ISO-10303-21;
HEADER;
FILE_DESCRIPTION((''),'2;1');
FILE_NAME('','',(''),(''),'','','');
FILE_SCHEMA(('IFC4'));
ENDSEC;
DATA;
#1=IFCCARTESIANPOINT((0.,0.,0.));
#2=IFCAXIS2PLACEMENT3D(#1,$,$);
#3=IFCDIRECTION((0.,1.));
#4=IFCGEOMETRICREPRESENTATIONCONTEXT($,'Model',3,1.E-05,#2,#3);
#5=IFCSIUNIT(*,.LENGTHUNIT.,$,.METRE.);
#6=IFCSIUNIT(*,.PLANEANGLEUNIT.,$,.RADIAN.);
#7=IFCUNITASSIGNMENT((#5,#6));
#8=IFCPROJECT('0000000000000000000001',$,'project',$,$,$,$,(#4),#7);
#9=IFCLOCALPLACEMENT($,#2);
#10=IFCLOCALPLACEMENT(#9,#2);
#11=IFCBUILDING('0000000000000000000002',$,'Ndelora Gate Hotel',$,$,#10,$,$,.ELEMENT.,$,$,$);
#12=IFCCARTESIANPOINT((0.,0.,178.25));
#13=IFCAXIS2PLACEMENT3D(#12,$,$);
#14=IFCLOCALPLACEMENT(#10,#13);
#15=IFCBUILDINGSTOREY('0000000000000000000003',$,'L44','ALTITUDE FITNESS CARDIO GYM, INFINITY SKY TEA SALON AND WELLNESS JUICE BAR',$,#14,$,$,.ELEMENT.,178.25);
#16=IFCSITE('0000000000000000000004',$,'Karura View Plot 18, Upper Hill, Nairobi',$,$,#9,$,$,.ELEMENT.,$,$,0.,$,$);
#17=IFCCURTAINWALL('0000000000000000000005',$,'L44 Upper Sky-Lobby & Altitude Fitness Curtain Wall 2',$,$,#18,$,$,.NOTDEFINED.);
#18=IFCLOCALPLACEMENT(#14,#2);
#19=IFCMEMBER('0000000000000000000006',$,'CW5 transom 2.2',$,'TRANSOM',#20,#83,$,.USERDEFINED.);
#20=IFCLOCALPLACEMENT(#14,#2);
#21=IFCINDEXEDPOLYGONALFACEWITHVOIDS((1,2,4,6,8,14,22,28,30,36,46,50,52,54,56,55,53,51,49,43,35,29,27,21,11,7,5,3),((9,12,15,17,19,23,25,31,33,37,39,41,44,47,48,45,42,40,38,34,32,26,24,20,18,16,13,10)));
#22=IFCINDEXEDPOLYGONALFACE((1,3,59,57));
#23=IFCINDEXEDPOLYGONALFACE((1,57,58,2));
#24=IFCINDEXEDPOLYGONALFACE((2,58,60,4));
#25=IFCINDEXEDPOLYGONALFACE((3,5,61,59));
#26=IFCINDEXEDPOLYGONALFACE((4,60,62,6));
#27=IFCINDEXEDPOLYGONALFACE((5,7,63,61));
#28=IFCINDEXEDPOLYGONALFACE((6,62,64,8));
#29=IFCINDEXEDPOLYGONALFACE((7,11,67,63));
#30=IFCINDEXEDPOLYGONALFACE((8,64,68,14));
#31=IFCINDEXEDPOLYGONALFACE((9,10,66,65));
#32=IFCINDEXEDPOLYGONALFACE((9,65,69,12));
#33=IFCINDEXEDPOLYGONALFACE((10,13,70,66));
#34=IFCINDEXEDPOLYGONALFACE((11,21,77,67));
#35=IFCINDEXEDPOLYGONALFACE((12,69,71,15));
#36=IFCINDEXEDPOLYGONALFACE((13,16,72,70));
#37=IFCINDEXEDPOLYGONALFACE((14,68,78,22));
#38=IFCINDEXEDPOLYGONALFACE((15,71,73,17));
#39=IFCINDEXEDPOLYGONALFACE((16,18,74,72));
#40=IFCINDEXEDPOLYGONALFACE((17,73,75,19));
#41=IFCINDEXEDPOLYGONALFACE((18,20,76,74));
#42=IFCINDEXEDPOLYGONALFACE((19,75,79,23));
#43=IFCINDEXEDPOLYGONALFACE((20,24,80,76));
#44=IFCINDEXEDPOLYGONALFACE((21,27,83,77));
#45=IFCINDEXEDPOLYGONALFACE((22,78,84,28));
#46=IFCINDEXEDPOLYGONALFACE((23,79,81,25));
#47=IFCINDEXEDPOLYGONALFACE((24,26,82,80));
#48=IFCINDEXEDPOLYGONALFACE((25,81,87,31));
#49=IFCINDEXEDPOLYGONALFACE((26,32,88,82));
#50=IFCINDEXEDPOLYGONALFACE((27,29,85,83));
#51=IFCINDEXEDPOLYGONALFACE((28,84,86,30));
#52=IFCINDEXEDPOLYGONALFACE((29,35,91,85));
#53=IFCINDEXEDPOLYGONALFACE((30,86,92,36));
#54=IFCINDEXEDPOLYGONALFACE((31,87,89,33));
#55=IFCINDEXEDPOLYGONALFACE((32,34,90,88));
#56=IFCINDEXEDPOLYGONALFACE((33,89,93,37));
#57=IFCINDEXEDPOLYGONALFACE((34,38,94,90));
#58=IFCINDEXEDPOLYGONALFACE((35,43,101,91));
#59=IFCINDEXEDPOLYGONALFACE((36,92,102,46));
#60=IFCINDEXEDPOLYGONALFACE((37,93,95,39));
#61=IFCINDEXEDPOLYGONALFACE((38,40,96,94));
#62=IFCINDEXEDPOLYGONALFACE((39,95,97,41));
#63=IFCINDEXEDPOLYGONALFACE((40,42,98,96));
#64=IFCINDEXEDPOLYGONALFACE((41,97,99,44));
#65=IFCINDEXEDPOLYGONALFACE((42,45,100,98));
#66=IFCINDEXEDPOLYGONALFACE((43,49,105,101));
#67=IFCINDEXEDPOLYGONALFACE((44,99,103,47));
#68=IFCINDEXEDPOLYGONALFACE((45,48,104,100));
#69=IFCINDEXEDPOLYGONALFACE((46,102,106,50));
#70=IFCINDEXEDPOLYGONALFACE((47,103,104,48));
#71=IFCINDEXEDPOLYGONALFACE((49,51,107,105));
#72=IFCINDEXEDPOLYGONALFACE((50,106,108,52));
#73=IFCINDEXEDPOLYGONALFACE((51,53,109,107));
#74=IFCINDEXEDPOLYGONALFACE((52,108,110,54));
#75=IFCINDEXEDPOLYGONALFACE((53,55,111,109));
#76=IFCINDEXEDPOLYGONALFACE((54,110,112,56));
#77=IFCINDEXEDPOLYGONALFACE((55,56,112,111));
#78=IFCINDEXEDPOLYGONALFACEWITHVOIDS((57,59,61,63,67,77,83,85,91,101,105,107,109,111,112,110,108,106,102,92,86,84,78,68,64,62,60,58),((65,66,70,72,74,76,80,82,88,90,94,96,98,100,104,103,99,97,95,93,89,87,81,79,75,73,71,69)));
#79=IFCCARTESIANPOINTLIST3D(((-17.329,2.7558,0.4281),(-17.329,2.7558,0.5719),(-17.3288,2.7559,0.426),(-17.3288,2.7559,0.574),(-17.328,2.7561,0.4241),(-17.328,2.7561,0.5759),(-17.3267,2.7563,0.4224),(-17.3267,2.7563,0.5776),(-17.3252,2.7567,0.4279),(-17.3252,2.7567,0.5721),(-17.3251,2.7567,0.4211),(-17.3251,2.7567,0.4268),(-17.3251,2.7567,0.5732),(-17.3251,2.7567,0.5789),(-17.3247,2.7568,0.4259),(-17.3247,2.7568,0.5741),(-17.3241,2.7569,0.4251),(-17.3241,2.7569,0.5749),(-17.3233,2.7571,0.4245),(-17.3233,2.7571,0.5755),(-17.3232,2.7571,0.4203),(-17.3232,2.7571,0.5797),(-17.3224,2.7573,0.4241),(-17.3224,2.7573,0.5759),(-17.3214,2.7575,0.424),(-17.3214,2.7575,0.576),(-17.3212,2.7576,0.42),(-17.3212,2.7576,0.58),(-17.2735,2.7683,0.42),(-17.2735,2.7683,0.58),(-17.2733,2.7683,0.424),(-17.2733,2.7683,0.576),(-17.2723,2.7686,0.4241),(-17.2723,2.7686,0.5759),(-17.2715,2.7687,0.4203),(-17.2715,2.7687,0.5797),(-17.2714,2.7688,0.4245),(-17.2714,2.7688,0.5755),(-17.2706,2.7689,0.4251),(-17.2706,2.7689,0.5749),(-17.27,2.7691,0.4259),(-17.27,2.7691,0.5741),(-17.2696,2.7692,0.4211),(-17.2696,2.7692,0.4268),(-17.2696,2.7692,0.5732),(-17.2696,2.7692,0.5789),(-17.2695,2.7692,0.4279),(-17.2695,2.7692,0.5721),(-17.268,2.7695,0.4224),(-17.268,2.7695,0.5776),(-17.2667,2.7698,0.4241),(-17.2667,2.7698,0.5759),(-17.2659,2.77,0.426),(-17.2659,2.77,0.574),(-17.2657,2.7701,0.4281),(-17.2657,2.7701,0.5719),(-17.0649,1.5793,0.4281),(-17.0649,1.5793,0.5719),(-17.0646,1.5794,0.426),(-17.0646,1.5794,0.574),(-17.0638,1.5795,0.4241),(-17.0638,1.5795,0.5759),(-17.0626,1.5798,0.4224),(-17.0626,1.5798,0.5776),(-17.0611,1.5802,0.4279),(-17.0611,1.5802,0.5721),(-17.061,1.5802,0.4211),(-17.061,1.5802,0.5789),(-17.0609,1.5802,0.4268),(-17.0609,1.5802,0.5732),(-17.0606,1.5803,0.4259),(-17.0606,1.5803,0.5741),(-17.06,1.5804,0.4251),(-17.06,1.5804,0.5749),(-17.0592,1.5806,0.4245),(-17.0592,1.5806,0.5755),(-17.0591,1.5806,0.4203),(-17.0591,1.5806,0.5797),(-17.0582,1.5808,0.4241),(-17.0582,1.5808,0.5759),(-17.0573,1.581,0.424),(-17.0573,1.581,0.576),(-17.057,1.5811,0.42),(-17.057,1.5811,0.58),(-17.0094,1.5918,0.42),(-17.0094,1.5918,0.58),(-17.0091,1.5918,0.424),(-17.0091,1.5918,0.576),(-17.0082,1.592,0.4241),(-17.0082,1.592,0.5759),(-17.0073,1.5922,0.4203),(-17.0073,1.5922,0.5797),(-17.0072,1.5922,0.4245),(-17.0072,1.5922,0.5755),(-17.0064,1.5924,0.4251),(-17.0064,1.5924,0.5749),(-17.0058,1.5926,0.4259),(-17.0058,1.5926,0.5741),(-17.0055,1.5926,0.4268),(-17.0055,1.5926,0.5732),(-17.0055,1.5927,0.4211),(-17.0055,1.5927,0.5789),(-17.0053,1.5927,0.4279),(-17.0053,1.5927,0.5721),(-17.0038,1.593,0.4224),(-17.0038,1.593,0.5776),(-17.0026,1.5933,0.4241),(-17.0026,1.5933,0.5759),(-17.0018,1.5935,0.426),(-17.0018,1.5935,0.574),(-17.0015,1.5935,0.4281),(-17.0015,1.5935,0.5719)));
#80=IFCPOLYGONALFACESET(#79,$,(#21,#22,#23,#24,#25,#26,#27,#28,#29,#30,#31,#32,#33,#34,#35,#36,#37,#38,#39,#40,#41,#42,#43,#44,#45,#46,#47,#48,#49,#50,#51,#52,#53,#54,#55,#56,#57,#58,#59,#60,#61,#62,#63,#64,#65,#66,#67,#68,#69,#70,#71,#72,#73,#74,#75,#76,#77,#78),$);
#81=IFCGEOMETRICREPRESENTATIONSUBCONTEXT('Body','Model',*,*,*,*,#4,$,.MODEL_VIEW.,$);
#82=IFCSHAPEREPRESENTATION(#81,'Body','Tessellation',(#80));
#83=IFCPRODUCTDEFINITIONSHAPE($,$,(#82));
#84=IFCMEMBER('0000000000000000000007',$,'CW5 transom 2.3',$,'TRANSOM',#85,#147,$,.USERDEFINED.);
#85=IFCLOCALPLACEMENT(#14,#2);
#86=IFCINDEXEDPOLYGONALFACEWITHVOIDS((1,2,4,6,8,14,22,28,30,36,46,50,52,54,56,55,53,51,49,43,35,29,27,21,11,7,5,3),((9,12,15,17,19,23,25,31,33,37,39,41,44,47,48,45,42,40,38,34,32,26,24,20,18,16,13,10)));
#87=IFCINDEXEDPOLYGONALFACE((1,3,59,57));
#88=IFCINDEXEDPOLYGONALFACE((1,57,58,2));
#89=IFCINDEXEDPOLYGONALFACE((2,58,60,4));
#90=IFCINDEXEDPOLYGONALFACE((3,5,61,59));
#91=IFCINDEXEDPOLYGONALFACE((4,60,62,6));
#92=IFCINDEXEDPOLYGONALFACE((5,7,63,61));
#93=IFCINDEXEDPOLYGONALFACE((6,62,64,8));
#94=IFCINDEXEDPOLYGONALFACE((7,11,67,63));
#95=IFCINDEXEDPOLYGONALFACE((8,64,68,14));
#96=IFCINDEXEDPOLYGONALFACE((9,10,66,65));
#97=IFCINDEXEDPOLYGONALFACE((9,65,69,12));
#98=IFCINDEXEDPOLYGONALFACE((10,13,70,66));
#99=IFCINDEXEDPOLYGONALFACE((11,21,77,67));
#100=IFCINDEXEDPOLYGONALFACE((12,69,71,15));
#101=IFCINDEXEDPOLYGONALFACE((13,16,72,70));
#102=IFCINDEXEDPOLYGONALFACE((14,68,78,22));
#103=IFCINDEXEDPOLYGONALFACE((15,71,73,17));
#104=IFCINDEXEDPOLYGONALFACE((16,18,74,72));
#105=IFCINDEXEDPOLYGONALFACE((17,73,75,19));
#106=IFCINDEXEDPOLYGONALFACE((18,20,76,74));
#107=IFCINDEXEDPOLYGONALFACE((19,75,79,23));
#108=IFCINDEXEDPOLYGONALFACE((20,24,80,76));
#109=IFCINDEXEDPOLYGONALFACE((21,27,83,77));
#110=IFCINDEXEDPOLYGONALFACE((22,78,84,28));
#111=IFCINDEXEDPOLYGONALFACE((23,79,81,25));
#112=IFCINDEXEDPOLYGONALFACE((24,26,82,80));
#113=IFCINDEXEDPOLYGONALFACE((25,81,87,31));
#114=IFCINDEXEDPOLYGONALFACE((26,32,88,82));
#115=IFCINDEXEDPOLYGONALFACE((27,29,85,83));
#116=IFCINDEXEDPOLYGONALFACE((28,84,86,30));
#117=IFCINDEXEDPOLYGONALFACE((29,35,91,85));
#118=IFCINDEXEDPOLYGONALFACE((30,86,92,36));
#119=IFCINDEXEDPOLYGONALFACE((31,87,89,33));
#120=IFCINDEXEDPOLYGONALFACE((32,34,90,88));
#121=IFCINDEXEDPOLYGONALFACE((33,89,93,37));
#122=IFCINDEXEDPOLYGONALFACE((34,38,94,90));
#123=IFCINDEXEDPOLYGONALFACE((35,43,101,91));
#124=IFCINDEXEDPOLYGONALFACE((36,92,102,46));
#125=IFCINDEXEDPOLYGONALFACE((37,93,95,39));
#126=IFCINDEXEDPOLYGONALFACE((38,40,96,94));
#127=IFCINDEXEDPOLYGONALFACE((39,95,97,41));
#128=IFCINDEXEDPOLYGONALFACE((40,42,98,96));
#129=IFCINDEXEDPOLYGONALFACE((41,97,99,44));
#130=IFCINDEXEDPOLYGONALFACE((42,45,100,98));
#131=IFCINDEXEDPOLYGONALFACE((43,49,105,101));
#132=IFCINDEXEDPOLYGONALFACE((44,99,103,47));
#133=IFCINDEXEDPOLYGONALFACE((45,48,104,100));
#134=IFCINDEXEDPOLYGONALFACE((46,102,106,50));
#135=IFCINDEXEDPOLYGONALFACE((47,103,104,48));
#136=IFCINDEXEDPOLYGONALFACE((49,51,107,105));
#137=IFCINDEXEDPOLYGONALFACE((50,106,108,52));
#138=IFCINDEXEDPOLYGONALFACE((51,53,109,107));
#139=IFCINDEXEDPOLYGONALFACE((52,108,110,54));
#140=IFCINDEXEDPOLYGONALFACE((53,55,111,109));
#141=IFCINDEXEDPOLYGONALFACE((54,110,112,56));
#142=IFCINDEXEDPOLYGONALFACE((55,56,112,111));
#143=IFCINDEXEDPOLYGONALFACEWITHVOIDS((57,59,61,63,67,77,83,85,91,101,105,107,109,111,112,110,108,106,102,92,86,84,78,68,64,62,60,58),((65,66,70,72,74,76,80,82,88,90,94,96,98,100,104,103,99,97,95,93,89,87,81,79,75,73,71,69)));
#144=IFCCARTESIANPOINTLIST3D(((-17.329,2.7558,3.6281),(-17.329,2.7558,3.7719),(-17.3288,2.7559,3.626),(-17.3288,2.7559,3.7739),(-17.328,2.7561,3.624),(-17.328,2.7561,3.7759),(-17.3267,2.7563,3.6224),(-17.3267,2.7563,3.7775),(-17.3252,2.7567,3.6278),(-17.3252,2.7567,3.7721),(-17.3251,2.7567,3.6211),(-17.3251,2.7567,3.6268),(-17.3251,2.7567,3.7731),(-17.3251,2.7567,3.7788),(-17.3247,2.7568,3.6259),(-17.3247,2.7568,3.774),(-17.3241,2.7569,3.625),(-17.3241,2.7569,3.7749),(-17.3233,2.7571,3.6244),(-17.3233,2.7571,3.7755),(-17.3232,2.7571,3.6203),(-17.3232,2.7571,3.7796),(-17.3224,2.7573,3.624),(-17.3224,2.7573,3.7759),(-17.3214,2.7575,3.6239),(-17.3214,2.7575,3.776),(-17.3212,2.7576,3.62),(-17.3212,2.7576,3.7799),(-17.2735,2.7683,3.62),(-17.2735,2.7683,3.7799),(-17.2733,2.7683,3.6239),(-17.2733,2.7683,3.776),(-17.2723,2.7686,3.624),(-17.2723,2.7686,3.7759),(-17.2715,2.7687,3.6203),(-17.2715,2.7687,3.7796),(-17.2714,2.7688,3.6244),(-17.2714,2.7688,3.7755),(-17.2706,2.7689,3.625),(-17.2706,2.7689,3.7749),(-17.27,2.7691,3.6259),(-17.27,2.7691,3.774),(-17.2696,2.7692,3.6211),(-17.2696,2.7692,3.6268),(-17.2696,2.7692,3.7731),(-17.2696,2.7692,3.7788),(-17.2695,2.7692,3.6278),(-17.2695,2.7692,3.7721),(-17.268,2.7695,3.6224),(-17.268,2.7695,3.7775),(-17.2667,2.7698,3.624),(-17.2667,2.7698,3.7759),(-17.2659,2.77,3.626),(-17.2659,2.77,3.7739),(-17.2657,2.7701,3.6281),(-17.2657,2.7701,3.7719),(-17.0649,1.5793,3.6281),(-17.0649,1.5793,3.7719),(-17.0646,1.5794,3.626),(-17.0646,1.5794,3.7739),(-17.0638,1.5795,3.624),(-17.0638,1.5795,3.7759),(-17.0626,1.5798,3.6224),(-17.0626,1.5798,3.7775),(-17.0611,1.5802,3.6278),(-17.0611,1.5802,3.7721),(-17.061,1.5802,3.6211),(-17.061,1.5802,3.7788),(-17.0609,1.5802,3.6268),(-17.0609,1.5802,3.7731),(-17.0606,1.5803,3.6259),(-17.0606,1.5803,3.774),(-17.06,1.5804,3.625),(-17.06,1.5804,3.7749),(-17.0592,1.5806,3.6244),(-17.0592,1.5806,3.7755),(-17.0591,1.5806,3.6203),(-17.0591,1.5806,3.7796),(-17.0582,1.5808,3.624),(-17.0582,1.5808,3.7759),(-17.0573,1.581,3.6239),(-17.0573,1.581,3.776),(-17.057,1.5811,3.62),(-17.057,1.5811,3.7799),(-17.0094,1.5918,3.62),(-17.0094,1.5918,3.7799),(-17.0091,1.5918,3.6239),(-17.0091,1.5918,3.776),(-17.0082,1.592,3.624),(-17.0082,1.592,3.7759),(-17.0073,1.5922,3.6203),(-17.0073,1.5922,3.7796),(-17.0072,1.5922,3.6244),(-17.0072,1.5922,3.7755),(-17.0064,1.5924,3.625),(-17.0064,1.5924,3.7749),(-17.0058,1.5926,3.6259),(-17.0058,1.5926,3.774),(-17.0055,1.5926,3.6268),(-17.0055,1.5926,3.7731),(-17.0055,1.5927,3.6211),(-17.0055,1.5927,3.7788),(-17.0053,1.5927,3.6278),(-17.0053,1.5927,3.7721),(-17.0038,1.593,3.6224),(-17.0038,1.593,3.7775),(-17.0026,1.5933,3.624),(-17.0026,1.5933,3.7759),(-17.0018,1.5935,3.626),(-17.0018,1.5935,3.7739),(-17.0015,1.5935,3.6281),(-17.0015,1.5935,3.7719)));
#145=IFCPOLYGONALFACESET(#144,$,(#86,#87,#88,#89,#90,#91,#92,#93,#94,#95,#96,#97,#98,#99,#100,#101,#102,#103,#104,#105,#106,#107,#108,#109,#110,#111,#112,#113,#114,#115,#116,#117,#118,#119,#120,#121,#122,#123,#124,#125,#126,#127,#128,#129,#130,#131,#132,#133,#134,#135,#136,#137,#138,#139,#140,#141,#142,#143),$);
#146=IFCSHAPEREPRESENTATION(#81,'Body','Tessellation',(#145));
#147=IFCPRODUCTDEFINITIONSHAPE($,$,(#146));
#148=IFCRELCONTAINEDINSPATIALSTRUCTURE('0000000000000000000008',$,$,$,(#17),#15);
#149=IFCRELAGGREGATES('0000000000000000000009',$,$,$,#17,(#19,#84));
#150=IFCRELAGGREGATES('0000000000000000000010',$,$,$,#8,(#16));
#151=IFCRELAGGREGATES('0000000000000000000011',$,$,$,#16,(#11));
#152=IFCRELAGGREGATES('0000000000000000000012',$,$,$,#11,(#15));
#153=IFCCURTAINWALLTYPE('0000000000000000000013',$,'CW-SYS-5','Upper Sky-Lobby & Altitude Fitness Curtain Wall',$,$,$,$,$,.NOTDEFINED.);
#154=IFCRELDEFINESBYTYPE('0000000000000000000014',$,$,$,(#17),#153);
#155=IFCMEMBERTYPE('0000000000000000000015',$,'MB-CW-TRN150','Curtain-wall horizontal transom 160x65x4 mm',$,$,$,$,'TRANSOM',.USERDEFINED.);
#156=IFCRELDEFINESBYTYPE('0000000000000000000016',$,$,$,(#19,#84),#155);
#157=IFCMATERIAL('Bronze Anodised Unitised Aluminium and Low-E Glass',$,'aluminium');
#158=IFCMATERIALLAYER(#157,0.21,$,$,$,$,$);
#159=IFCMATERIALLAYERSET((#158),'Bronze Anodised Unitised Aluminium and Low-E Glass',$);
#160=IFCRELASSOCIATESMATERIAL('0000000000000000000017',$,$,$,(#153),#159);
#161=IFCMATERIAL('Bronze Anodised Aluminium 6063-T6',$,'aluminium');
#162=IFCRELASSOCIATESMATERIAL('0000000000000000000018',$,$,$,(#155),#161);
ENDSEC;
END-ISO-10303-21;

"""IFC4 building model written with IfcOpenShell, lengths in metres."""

from ifc_helpers import new_model, si_unit, direction, frame, origin, origin_2d, place, context, subcontext, project, spatial, hollow_rectangle, extrude, material, layer, layer_set, material_profile, profile_set, type_object, element, aggregate, save


model = new_model("IFC4")

# Units and contexts
model_context = context("Model", 3, precision=1e-05, world=origin(), true_north=direction((0.0, 1.0)))
body_context = subcontext(model_context, "Body", "Model", "MODEL_VIEW")
ifc_project = project(units=[si_unit("LENGTHUNIT", "METRE"), si_unit("PLANEANGLEUNIT", "RADIAN")], contexts=[model_context])

# Site, building, storey
site_placement = place(None, origin())
site = spatial("IfcSite", under=ifc_project, at=site_placement, Name="Karura View Plot 18, Upper Hill, Nairobi", CompositionType="ELEMENT", RefElevation=0.0)
building_placement = place(site_placement, origin())
building = spatial("IfcBuilding", under=site, at=building_placement, Name="Ndelora Gate Hotel", CompositionType="ELEMENT")
storey_placement = place(building_placement, frame((0.0, 0.0, 178.25)))
storey = spatial("IfcBuildingStorey", under=building, at=storey_placement, Name="L44", Description="ALTITUDE FITNESS CARDIO GYM, INFINITY SKY TEA SALON AND WELLNESS JUICE BAR", CompositionType="ELEMENT", Elevation=178.25)

# Curtain wall
ifc_material_1 = material(Name="Bronze Anodised Unitised Aluminium and Low-E Glass", Category="aluminium")
ifc_layer_1 = layer(ifc_material_1, 0.21)
ifc_layer_set_1 = layer_set([ifc_layer_1], Name="Bronze Anodised Unitised Aluminium and Low-E Glass")
curtain_wall_type = type_object("IfcCurtainWallType", Name="CW-SYS-5", Description="Upper Sky-Lobby & Altitude Fitness Curtain Wall", PredefinedType="NOTDEFINED", material=ifc_layer_set_1)
ifc_material_2 = material(Name="Bronze Anodised Aluminium 6063-T6", Category="aluminium")
curtain_wall_1_placement = place(storey_placement, origin())
curtain_wall_1 = element("IfcCurtainWall", 1, at=curtain_wall_1_placement, inside=storey, type_object=curtain_wall_type, Name="L44 Upper Sky-Lobby & Altitude Fitness Curtain Wall 2", PredefinedType="NOTDEFINED")

# Members
ifc_material_profile_1 = material_profile(ifc_material_2, hollow_rectangle(XDim=0.0649, YDim=0.1599, WallThickness=0.0039, InnerFilletRadius=0.0039, OuterFilletRadius=0.0081, at=origin_2d()), Name="ALU 160x65x4")
ifc_profile_set_1 = profile_set([ifc_material_profile_1], Name="Bronze Anodised Aluminium 6063-T6")
member_type_1 = type_object("IfcMemberType", Name="MB-CW-TRN150", Description="Curtain-wall horizontal transom 160x65x4 mm", ElementType="TRANSOM", PredefinedType="USERDEFINED", material=ifc_profile_set_1)
member_1_placement = place(storey_placement, frame((-17.2974, 2.7629, 0.5), z_axis=(0.219074, -0.975708, 0.0), x_axis=(0.975708, 0.219074, 0.0)))
member_1 = element("IfcMember", 2, at=member_1_placement, type_object=member_type_1, Name="CW5 transom 2.2", ObjectType="TRANSOM", PredefinedType="USERDEFINED", context=body_context, shape_type="SweptSolid", body=[
    extrude(hollow_rectangle(XDim=0.0649, YDim=0.1599, WallThickness=0.0039, InnerFilletRadius=0.0039, OuterFilletRadius=0.0081, at=origin_2d()), origin(), (0.0, 0.0, 1.0), 1.2058),
])
member_2_placement = place(storey_placement, frame((-17.2974, 2.7629, 3.7), z_axis=(0.219074, -0.975708, 0.0), x_axis=(0.975708, 0.219074, 0.0)))
member_2 = element("IfcMember", 3, at=member_2_placement, type_object=member_type_1, Name="CW5 transom 2.3", ObjectType="TRANSOM", PredefinedType="USERDEFINED", context=body_context, shape_type="SweptSolid", body=[
    extrude(hollow_rectangle(XDim=0.0649, YDim=0.1599, WallThickness=0.0039, InnerFilletRadius=0.0039, OuterFilletRadius=0.0081, at=origin_2d()), origin(), (0.0, 0.0, 1.0), 1.2058),
])

aggregate(curtain_wall_1, [member_1, member_2])

save(model, "model.ifc")
